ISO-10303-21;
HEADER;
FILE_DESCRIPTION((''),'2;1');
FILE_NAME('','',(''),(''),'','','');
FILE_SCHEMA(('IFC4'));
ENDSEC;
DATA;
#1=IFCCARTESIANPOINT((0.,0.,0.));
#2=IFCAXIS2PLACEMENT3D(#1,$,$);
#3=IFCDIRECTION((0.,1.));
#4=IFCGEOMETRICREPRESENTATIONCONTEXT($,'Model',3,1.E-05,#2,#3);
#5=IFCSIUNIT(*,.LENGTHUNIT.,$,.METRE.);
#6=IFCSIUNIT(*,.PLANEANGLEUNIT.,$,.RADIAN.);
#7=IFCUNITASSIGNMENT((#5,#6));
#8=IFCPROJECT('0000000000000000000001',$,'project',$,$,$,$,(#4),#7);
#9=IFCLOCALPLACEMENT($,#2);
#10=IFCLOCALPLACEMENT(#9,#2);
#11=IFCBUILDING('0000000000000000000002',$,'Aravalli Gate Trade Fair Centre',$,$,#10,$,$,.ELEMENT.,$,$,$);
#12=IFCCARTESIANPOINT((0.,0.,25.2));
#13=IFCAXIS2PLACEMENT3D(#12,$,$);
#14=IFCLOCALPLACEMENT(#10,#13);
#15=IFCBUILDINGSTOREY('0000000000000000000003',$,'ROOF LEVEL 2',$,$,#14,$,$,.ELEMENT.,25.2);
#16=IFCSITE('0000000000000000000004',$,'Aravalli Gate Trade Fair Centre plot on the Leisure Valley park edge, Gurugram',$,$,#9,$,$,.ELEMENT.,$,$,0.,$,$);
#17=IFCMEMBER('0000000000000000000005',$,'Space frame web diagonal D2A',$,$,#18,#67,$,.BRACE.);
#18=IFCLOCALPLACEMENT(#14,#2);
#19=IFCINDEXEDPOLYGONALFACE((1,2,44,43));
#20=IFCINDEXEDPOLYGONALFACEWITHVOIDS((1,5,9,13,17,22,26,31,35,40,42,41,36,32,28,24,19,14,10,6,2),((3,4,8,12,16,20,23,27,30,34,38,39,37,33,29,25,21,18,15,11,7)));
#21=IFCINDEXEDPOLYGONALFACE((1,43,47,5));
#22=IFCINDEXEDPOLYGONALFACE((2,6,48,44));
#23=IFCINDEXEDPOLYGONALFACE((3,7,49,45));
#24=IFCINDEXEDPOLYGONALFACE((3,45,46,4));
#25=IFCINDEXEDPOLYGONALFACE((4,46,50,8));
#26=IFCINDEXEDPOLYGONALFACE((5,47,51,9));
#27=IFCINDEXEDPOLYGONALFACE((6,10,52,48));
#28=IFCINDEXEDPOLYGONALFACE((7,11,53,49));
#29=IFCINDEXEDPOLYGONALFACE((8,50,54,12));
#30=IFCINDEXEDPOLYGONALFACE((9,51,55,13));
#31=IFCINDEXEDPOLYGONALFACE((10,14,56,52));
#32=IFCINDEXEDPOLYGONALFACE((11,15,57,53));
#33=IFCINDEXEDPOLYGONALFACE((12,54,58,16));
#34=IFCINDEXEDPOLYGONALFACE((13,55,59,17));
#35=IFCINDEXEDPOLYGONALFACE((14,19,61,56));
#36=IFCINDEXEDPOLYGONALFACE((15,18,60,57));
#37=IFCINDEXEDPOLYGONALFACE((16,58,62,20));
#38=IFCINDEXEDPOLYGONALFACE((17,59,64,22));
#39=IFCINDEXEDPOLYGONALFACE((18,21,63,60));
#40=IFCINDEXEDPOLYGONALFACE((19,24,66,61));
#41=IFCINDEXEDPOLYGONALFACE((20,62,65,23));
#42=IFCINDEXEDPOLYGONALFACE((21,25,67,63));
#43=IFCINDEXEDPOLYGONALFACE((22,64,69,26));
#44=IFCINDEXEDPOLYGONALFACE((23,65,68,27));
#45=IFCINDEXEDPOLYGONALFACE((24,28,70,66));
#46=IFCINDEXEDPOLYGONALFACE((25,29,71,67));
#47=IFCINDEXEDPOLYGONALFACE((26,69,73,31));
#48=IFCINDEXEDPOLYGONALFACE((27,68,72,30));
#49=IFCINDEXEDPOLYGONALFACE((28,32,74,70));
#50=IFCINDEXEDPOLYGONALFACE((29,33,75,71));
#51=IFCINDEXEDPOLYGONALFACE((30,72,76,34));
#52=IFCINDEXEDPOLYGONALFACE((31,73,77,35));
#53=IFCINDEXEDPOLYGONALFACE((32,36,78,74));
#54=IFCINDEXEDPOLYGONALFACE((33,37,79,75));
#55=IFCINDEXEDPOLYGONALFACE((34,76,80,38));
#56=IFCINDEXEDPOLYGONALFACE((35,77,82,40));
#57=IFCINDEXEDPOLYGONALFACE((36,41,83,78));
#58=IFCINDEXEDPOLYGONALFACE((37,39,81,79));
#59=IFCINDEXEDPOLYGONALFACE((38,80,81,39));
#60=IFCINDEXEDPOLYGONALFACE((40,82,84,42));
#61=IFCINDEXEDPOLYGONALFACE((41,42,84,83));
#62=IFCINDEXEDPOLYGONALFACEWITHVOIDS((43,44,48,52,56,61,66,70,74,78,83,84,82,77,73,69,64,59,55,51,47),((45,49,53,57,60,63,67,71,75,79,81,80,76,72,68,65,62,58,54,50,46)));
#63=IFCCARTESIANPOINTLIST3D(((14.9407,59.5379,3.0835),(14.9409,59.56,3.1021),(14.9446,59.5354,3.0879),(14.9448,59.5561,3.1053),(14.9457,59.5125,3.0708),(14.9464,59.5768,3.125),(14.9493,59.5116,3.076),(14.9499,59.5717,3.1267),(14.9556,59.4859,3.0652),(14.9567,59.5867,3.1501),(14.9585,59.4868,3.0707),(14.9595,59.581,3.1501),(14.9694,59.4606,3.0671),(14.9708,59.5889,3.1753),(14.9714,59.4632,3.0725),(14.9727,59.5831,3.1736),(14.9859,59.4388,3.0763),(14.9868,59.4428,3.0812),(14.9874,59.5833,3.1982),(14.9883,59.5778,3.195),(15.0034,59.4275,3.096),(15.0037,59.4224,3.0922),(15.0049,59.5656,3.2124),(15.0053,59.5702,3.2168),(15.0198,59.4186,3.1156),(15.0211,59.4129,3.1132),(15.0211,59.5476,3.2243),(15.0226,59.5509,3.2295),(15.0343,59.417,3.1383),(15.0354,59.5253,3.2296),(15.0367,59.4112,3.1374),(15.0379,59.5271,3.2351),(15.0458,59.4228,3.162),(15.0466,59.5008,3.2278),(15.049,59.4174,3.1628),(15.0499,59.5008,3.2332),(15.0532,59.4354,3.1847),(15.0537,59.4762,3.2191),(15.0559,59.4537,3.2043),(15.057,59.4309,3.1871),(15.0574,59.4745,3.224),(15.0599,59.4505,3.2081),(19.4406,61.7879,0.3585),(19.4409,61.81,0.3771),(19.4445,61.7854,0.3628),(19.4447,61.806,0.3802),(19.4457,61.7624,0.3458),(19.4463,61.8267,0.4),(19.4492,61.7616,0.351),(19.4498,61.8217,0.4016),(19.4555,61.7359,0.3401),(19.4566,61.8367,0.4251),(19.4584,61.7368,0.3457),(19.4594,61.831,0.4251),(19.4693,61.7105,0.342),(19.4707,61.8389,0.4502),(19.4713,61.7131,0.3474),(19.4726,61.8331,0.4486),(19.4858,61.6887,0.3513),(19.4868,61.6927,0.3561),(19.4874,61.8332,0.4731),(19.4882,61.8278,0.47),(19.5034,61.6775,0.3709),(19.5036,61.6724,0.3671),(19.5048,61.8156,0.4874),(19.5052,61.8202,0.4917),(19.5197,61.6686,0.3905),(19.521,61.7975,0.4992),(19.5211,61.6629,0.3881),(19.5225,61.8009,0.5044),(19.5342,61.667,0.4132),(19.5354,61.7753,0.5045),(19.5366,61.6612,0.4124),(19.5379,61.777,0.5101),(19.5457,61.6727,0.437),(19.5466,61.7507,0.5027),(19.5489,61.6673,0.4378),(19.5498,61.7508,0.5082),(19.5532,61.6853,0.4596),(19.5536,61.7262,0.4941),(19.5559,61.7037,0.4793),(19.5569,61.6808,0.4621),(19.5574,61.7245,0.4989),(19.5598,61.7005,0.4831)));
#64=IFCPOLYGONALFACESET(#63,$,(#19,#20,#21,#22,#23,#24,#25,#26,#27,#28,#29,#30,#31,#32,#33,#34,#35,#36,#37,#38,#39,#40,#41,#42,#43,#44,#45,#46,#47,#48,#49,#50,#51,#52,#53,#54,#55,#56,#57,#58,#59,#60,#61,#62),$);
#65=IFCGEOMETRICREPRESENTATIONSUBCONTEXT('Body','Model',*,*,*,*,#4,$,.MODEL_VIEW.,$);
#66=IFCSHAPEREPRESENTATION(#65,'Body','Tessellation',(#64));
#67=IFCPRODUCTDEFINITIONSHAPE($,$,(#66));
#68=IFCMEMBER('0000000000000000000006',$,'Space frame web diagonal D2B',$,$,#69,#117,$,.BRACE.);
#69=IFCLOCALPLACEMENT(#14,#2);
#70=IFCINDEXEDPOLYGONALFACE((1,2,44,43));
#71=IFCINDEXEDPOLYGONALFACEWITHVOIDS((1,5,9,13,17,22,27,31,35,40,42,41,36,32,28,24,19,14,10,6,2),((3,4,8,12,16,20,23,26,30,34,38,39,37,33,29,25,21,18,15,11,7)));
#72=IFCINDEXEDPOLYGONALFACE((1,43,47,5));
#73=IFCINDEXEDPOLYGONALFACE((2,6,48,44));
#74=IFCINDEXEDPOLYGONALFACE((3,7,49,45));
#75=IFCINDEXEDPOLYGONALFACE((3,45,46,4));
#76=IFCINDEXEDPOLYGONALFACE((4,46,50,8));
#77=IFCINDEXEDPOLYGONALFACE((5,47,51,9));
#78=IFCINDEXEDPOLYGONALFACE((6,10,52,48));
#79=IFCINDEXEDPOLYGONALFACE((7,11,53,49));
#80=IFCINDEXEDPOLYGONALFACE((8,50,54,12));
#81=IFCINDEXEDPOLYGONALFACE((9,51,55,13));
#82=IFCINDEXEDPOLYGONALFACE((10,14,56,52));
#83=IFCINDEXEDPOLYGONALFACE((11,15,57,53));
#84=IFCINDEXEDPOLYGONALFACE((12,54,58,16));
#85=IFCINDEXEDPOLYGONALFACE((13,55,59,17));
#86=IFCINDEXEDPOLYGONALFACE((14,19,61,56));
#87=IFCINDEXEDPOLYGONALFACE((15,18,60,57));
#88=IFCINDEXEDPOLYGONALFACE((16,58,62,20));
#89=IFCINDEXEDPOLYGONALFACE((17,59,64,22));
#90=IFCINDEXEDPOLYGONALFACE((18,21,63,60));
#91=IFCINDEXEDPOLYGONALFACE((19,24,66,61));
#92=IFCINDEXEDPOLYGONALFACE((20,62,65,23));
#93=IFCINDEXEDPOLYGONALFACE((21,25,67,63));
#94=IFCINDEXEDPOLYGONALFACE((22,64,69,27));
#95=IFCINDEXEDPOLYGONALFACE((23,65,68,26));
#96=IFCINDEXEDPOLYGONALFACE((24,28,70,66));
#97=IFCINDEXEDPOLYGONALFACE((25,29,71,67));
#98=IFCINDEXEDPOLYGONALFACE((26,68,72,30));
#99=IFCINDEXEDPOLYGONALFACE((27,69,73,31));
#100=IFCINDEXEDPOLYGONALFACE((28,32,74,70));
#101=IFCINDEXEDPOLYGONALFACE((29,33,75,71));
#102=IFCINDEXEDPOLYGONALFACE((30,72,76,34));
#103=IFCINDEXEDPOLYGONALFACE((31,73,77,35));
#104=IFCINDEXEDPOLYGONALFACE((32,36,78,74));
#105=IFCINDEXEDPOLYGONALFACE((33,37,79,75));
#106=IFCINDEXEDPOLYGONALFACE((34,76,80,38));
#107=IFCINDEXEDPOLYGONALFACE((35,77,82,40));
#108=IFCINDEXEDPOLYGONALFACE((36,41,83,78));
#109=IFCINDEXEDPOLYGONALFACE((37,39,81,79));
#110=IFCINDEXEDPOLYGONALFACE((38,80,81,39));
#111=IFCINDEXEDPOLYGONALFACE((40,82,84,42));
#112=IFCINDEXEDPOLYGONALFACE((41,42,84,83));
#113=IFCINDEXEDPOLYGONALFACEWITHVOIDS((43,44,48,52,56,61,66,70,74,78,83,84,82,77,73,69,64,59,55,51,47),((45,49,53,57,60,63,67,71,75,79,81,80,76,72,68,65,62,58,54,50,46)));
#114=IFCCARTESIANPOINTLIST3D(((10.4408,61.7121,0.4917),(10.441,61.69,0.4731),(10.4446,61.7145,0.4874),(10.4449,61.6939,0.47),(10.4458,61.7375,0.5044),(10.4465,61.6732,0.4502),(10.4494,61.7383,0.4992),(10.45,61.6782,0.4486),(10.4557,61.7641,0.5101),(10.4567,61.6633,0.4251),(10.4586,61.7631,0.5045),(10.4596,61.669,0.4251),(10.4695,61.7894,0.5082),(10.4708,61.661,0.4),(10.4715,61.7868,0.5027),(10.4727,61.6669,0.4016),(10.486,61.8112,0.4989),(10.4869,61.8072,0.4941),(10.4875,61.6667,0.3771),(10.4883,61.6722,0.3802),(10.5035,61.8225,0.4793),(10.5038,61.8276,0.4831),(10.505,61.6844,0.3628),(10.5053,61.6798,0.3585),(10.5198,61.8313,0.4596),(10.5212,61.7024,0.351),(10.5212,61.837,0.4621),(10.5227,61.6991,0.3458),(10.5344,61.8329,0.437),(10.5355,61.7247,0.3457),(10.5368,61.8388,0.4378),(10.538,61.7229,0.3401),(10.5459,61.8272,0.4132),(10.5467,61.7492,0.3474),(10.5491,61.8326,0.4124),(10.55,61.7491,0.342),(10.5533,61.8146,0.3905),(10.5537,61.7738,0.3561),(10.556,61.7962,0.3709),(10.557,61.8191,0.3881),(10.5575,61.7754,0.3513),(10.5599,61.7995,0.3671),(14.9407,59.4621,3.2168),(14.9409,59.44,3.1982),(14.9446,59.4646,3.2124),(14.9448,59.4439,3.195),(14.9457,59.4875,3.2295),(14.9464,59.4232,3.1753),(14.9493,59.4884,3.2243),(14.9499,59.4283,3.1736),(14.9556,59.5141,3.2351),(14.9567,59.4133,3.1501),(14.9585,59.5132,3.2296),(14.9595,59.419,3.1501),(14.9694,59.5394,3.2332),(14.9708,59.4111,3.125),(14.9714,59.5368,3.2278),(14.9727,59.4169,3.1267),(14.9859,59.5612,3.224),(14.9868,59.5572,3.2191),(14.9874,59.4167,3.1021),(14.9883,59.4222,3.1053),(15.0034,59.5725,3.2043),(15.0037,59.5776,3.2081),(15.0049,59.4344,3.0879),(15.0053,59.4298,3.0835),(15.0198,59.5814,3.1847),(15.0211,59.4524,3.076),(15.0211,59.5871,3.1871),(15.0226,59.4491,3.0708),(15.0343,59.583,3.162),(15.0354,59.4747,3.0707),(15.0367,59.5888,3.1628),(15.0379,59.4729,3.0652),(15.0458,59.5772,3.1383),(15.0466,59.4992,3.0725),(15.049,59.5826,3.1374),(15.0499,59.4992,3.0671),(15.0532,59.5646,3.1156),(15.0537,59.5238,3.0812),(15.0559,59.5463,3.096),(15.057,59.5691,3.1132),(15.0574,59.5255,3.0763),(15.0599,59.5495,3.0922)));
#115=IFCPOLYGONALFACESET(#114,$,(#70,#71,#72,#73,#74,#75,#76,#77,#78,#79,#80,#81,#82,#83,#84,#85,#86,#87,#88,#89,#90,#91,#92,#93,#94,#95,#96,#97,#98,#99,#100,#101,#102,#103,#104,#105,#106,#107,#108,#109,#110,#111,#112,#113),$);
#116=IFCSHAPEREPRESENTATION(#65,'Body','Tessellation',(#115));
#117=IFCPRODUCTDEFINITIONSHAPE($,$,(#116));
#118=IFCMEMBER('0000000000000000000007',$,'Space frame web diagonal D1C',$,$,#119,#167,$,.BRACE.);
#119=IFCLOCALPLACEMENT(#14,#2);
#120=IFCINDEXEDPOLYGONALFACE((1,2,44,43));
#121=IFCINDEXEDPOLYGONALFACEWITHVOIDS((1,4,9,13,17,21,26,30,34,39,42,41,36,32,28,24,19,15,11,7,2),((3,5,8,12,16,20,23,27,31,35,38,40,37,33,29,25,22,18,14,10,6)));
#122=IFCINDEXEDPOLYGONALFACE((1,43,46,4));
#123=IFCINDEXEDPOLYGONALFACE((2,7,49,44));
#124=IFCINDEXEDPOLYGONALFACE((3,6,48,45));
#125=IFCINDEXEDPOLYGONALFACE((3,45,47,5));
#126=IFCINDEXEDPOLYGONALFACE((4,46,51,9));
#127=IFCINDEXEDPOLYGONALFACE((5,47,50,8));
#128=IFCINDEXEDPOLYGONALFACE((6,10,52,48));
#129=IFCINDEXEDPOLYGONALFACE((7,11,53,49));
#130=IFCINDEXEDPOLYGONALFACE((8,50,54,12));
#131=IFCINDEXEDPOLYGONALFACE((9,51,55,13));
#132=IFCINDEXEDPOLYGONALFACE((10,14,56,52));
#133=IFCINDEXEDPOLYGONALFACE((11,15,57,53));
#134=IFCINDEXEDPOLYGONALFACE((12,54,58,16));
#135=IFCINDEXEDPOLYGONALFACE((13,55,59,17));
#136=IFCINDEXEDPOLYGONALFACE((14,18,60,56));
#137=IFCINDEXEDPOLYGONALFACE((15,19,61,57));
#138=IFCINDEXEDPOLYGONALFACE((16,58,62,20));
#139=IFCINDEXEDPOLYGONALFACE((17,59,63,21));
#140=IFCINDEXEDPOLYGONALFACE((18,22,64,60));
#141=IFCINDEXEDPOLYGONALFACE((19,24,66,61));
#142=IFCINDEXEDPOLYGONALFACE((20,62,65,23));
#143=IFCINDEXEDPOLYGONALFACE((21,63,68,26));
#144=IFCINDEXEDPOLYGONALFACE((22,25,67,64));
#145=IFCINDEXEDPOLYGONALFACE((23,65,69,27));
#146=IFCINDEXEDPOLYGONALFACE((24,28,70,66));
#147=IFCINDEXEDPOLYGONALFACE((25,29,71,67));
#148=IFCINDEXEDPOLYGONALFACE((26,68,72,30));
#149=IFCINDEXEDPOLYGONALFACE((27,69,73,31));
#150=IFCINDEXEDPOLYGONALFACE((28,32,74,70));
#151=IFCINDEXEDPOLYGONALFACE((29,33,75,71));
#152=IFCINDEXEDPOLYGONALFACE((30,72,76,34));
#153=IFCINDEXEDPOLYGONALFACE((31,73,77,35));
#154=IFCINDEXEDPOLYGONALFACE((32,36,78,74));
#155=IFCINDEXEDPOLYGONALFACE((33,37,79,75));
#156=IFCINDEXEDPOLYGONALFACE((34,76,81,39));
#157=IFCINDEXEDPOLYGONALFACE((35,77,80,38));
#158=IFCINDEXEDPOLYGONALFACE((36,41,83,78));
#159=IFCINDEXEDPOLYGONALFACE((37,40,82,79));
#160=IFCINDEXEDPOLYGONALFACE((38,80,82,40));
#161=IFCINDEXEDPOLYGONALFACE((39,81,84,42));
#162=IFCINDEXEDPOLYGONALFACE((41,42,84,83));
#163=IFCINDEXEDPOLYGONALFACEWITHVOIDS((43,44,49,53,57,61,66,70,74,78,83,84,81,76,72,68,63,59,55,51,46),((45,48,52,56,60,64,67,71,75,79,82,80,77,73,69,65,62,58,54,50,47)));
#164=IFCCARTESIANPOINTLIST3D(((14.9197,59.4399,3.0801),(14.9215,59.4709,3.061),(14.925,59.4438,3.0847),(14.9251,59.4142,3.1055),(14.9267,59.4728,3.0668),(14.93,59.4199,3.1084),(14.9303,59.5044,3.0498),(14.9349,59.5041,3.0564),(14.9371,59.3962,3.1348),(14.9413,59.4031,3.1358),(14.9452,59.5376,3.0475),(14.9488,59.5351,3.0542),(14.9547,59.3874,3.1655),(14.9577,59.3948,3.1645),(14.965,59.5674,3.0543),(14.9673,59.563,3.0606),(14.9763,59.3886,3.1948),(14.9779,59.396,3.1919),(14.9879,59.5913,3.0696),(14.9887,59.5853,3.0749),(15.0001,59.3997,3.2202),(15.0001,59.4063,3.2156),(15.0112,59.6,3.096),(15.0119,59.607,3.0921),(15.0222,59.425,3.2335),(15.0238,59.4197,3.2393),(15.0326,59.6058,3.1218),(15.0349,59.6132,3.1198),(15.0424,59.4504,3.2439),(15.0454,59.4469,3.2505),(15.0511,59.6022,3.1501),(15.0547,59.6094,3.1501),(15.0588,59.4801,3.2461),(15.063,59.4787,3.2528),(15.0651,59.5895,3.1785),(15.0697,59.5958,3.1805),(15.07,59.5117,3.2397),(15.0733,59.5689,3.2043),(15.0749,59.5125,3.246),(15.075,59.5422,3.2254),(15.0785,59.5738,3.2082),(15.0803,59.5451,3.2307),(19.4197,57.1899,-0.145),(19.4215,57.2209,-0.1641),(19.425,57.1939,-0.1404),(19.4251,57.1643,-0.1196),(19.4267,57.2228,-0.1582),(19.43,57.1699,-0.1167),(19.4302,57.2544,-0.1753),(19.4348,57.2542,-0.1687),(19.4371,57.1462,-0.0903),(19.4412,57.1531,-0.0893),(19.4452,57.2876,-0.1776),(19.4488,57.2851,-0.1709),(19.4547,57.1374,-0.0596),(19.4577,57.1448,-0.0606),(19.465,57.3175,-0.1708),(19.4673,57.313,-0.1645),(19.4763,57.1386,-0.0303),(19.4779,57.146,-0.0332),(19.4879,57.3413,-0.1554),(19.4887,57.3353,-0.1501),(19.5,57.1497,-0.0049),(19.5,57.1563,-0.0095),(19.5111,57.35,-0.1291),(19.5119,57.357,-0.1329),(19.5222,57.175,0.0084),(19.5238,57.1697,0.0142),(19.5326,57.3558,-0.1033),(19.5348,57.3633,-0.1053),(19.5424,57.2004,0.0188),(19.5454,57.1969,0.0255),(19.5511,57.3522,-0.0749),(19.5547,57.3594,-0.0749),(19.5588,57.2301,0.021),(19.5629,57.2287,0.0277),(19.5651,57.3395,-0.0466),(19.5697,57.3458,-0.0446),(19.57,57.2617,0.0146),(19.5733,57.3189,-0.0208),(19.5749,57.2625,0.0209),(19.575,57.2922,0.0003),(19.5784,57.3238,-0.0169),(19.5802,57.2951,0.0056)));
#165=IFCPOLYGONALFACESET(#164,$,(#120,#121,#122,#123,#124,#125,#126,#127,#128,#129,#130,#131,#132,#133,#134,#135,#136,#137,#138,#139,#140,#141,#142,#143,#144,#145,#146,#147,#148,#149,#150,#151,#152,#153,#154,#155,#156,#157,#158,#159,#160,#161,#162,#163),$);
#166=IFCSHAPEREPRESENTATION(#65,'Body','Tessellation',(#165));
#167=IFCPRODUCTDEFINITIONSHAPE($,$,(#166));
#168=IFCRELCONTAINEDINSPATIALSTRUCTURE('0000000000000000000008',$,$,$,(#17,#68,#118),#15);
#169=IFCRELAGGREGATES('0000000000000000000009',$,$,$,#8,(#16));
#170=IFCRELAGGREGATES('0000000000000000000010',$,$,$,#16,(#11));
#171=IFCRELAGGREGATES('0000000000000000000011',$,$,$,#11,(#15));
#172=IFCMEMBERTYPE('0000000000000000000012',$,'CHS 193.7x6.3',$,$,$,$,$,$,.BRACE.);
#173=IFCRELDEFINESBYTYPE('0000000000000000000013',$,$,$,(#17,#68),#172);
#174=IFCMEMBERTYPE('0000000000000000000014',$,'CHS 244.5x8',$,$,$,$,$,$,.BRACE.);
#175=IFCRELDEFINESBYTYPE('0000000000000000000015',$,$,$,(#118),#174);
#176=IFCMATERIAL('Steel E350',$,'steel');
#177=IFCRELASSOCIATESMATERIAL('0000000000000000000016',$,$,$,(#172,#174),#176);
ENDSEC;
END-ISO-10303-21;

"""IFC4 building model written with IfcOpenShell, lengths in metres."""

from ifc_helpers import new_model, si_unit, direction, frame, origin, origin_2d, place, context, subcontext, project, spatial, hollow_circle, extrude, material, material_profile, profile_set, type_object, element, save


model = new_model("IFC4")

# Units and contexts
model_context = context("Model", 3, precision=1e-05, world=origin(), true_north=direction((0.0, 1.0)))
body_context = subcontext(model_context, "Body", "Model", "MODEL_VIEW")
ifc_project = project(units=[si_unit("LENGTHUNIT", "METRE"), si_unit("PLANEANGLEUNIT", "RADIAN")], contexts=[model_context])

# Site, building, storey
site_placement = place(None, origin())
site = spatial("IfcSite", under=ifc_project, at=site_placement, Name="Aravalli Gate Trade Fair Centre plot on the Leisure Valley park edge, Gurugram", CompositionType="ELEMENT", RefElevation=0.0)
building_placement = place(site_placement, origin())
building = spatial("IfcBuilding", under=site, at=building_placement, Name="Aravalli Gate Trade Fair Centre", CompositionType="ELEMENT")
storey_placement = place(building_placement, frame((0.0, 0.0, 25.2)))
storey = spatial("IfcBuildingStorey", under=building, at=storey_placement, Name="ROOF LEVEL 2", CompositionType="ELEMENT", Elevation=25.2)

# Members
ifc_material_1 = material(Name="Steel E350", Category="steel")
ifc_material_profile_1 = material_profile(ifc_material_1, hollow_circle(Radius=0.0969, WallThickness=0.0063, at=origin_2d()), Name="CHS 193.7x6.3")
ifc_profile_set_1 = profile_set([ifc_material_profile_1], Name="Steel E350")
member_type_1 = type_object("IfcMemberType", Name="CHS 193.7x6.3", PredefinedType="BRACE", material=ifc_profile_set_1)
for number, where, z_axis, x_axis, name in (
    (1, (15.0, 59.5, 3.1501), (0.78647, 0.393235, -0.476268), (-0.447214, 0.894427, 0.0), "Space frame web diagonal D2A"),
    (2, (15.0, 59.5, 3.1501), (-0.78647, 0.393235, -0.476268), (-0.447214, -0.894427, 0.0), "Space frame web diagonal D2B"),
):
    element("IfcMember", number, at=place(storey_placement, frame(where, z_axis=z_axis, x_axis=x_axis)), inside=storey, type_object=member_type_1, Name=name, PredefinedType="BRACE", context=body_context, shape_type="SweptSolid", body=[
        extrude(hollow_circle(Radius=0.0969, WallThickness=0.0063, at=origin_2d()), origin(), (0.0, 0.0, 1.0), 5.7217),
    ])
ifc_material_profile_2 = material_profile(ifc_material_1, hollow_circle(Radius=0.1223, WallThickness=0.0081, at=origin_2d()), Name="CHS 244.5x8")
ifc_profile_set_2 = profile_set([ifc_material_profile_2], Name="Steel E350")
member_type_2 = type_object("IfcMemberType", Name="CHS 244.5x8", PredefinedType="BRACE", material=ifc_profile_set_2)
for number, where, z_axis, x_axis, name in (
    (3, (15.0, 59.5, 3.1501), (0.753, -0.3765, -0.539666), (0.447214, 0.894427, 0.0), "Space frame web diagonal D1C"),
):
    element("IfcMember", number, at=place(storey_placement, frame(where, z_axis=z_axis, x_axis=x_axis)), inside=storey, type_object=member_type_2, Name=name, PredefinedType="BRACE", context=body_context, shape_type="SweptSolid", body=[
        extrude(hollow_circle(Radius=0.1223, WallThickness=0.0081, at=origin_2d()), origin(), (0.0, 0.0, 1.0), 5.9761),
    ])

save(model, "model.ifc")
